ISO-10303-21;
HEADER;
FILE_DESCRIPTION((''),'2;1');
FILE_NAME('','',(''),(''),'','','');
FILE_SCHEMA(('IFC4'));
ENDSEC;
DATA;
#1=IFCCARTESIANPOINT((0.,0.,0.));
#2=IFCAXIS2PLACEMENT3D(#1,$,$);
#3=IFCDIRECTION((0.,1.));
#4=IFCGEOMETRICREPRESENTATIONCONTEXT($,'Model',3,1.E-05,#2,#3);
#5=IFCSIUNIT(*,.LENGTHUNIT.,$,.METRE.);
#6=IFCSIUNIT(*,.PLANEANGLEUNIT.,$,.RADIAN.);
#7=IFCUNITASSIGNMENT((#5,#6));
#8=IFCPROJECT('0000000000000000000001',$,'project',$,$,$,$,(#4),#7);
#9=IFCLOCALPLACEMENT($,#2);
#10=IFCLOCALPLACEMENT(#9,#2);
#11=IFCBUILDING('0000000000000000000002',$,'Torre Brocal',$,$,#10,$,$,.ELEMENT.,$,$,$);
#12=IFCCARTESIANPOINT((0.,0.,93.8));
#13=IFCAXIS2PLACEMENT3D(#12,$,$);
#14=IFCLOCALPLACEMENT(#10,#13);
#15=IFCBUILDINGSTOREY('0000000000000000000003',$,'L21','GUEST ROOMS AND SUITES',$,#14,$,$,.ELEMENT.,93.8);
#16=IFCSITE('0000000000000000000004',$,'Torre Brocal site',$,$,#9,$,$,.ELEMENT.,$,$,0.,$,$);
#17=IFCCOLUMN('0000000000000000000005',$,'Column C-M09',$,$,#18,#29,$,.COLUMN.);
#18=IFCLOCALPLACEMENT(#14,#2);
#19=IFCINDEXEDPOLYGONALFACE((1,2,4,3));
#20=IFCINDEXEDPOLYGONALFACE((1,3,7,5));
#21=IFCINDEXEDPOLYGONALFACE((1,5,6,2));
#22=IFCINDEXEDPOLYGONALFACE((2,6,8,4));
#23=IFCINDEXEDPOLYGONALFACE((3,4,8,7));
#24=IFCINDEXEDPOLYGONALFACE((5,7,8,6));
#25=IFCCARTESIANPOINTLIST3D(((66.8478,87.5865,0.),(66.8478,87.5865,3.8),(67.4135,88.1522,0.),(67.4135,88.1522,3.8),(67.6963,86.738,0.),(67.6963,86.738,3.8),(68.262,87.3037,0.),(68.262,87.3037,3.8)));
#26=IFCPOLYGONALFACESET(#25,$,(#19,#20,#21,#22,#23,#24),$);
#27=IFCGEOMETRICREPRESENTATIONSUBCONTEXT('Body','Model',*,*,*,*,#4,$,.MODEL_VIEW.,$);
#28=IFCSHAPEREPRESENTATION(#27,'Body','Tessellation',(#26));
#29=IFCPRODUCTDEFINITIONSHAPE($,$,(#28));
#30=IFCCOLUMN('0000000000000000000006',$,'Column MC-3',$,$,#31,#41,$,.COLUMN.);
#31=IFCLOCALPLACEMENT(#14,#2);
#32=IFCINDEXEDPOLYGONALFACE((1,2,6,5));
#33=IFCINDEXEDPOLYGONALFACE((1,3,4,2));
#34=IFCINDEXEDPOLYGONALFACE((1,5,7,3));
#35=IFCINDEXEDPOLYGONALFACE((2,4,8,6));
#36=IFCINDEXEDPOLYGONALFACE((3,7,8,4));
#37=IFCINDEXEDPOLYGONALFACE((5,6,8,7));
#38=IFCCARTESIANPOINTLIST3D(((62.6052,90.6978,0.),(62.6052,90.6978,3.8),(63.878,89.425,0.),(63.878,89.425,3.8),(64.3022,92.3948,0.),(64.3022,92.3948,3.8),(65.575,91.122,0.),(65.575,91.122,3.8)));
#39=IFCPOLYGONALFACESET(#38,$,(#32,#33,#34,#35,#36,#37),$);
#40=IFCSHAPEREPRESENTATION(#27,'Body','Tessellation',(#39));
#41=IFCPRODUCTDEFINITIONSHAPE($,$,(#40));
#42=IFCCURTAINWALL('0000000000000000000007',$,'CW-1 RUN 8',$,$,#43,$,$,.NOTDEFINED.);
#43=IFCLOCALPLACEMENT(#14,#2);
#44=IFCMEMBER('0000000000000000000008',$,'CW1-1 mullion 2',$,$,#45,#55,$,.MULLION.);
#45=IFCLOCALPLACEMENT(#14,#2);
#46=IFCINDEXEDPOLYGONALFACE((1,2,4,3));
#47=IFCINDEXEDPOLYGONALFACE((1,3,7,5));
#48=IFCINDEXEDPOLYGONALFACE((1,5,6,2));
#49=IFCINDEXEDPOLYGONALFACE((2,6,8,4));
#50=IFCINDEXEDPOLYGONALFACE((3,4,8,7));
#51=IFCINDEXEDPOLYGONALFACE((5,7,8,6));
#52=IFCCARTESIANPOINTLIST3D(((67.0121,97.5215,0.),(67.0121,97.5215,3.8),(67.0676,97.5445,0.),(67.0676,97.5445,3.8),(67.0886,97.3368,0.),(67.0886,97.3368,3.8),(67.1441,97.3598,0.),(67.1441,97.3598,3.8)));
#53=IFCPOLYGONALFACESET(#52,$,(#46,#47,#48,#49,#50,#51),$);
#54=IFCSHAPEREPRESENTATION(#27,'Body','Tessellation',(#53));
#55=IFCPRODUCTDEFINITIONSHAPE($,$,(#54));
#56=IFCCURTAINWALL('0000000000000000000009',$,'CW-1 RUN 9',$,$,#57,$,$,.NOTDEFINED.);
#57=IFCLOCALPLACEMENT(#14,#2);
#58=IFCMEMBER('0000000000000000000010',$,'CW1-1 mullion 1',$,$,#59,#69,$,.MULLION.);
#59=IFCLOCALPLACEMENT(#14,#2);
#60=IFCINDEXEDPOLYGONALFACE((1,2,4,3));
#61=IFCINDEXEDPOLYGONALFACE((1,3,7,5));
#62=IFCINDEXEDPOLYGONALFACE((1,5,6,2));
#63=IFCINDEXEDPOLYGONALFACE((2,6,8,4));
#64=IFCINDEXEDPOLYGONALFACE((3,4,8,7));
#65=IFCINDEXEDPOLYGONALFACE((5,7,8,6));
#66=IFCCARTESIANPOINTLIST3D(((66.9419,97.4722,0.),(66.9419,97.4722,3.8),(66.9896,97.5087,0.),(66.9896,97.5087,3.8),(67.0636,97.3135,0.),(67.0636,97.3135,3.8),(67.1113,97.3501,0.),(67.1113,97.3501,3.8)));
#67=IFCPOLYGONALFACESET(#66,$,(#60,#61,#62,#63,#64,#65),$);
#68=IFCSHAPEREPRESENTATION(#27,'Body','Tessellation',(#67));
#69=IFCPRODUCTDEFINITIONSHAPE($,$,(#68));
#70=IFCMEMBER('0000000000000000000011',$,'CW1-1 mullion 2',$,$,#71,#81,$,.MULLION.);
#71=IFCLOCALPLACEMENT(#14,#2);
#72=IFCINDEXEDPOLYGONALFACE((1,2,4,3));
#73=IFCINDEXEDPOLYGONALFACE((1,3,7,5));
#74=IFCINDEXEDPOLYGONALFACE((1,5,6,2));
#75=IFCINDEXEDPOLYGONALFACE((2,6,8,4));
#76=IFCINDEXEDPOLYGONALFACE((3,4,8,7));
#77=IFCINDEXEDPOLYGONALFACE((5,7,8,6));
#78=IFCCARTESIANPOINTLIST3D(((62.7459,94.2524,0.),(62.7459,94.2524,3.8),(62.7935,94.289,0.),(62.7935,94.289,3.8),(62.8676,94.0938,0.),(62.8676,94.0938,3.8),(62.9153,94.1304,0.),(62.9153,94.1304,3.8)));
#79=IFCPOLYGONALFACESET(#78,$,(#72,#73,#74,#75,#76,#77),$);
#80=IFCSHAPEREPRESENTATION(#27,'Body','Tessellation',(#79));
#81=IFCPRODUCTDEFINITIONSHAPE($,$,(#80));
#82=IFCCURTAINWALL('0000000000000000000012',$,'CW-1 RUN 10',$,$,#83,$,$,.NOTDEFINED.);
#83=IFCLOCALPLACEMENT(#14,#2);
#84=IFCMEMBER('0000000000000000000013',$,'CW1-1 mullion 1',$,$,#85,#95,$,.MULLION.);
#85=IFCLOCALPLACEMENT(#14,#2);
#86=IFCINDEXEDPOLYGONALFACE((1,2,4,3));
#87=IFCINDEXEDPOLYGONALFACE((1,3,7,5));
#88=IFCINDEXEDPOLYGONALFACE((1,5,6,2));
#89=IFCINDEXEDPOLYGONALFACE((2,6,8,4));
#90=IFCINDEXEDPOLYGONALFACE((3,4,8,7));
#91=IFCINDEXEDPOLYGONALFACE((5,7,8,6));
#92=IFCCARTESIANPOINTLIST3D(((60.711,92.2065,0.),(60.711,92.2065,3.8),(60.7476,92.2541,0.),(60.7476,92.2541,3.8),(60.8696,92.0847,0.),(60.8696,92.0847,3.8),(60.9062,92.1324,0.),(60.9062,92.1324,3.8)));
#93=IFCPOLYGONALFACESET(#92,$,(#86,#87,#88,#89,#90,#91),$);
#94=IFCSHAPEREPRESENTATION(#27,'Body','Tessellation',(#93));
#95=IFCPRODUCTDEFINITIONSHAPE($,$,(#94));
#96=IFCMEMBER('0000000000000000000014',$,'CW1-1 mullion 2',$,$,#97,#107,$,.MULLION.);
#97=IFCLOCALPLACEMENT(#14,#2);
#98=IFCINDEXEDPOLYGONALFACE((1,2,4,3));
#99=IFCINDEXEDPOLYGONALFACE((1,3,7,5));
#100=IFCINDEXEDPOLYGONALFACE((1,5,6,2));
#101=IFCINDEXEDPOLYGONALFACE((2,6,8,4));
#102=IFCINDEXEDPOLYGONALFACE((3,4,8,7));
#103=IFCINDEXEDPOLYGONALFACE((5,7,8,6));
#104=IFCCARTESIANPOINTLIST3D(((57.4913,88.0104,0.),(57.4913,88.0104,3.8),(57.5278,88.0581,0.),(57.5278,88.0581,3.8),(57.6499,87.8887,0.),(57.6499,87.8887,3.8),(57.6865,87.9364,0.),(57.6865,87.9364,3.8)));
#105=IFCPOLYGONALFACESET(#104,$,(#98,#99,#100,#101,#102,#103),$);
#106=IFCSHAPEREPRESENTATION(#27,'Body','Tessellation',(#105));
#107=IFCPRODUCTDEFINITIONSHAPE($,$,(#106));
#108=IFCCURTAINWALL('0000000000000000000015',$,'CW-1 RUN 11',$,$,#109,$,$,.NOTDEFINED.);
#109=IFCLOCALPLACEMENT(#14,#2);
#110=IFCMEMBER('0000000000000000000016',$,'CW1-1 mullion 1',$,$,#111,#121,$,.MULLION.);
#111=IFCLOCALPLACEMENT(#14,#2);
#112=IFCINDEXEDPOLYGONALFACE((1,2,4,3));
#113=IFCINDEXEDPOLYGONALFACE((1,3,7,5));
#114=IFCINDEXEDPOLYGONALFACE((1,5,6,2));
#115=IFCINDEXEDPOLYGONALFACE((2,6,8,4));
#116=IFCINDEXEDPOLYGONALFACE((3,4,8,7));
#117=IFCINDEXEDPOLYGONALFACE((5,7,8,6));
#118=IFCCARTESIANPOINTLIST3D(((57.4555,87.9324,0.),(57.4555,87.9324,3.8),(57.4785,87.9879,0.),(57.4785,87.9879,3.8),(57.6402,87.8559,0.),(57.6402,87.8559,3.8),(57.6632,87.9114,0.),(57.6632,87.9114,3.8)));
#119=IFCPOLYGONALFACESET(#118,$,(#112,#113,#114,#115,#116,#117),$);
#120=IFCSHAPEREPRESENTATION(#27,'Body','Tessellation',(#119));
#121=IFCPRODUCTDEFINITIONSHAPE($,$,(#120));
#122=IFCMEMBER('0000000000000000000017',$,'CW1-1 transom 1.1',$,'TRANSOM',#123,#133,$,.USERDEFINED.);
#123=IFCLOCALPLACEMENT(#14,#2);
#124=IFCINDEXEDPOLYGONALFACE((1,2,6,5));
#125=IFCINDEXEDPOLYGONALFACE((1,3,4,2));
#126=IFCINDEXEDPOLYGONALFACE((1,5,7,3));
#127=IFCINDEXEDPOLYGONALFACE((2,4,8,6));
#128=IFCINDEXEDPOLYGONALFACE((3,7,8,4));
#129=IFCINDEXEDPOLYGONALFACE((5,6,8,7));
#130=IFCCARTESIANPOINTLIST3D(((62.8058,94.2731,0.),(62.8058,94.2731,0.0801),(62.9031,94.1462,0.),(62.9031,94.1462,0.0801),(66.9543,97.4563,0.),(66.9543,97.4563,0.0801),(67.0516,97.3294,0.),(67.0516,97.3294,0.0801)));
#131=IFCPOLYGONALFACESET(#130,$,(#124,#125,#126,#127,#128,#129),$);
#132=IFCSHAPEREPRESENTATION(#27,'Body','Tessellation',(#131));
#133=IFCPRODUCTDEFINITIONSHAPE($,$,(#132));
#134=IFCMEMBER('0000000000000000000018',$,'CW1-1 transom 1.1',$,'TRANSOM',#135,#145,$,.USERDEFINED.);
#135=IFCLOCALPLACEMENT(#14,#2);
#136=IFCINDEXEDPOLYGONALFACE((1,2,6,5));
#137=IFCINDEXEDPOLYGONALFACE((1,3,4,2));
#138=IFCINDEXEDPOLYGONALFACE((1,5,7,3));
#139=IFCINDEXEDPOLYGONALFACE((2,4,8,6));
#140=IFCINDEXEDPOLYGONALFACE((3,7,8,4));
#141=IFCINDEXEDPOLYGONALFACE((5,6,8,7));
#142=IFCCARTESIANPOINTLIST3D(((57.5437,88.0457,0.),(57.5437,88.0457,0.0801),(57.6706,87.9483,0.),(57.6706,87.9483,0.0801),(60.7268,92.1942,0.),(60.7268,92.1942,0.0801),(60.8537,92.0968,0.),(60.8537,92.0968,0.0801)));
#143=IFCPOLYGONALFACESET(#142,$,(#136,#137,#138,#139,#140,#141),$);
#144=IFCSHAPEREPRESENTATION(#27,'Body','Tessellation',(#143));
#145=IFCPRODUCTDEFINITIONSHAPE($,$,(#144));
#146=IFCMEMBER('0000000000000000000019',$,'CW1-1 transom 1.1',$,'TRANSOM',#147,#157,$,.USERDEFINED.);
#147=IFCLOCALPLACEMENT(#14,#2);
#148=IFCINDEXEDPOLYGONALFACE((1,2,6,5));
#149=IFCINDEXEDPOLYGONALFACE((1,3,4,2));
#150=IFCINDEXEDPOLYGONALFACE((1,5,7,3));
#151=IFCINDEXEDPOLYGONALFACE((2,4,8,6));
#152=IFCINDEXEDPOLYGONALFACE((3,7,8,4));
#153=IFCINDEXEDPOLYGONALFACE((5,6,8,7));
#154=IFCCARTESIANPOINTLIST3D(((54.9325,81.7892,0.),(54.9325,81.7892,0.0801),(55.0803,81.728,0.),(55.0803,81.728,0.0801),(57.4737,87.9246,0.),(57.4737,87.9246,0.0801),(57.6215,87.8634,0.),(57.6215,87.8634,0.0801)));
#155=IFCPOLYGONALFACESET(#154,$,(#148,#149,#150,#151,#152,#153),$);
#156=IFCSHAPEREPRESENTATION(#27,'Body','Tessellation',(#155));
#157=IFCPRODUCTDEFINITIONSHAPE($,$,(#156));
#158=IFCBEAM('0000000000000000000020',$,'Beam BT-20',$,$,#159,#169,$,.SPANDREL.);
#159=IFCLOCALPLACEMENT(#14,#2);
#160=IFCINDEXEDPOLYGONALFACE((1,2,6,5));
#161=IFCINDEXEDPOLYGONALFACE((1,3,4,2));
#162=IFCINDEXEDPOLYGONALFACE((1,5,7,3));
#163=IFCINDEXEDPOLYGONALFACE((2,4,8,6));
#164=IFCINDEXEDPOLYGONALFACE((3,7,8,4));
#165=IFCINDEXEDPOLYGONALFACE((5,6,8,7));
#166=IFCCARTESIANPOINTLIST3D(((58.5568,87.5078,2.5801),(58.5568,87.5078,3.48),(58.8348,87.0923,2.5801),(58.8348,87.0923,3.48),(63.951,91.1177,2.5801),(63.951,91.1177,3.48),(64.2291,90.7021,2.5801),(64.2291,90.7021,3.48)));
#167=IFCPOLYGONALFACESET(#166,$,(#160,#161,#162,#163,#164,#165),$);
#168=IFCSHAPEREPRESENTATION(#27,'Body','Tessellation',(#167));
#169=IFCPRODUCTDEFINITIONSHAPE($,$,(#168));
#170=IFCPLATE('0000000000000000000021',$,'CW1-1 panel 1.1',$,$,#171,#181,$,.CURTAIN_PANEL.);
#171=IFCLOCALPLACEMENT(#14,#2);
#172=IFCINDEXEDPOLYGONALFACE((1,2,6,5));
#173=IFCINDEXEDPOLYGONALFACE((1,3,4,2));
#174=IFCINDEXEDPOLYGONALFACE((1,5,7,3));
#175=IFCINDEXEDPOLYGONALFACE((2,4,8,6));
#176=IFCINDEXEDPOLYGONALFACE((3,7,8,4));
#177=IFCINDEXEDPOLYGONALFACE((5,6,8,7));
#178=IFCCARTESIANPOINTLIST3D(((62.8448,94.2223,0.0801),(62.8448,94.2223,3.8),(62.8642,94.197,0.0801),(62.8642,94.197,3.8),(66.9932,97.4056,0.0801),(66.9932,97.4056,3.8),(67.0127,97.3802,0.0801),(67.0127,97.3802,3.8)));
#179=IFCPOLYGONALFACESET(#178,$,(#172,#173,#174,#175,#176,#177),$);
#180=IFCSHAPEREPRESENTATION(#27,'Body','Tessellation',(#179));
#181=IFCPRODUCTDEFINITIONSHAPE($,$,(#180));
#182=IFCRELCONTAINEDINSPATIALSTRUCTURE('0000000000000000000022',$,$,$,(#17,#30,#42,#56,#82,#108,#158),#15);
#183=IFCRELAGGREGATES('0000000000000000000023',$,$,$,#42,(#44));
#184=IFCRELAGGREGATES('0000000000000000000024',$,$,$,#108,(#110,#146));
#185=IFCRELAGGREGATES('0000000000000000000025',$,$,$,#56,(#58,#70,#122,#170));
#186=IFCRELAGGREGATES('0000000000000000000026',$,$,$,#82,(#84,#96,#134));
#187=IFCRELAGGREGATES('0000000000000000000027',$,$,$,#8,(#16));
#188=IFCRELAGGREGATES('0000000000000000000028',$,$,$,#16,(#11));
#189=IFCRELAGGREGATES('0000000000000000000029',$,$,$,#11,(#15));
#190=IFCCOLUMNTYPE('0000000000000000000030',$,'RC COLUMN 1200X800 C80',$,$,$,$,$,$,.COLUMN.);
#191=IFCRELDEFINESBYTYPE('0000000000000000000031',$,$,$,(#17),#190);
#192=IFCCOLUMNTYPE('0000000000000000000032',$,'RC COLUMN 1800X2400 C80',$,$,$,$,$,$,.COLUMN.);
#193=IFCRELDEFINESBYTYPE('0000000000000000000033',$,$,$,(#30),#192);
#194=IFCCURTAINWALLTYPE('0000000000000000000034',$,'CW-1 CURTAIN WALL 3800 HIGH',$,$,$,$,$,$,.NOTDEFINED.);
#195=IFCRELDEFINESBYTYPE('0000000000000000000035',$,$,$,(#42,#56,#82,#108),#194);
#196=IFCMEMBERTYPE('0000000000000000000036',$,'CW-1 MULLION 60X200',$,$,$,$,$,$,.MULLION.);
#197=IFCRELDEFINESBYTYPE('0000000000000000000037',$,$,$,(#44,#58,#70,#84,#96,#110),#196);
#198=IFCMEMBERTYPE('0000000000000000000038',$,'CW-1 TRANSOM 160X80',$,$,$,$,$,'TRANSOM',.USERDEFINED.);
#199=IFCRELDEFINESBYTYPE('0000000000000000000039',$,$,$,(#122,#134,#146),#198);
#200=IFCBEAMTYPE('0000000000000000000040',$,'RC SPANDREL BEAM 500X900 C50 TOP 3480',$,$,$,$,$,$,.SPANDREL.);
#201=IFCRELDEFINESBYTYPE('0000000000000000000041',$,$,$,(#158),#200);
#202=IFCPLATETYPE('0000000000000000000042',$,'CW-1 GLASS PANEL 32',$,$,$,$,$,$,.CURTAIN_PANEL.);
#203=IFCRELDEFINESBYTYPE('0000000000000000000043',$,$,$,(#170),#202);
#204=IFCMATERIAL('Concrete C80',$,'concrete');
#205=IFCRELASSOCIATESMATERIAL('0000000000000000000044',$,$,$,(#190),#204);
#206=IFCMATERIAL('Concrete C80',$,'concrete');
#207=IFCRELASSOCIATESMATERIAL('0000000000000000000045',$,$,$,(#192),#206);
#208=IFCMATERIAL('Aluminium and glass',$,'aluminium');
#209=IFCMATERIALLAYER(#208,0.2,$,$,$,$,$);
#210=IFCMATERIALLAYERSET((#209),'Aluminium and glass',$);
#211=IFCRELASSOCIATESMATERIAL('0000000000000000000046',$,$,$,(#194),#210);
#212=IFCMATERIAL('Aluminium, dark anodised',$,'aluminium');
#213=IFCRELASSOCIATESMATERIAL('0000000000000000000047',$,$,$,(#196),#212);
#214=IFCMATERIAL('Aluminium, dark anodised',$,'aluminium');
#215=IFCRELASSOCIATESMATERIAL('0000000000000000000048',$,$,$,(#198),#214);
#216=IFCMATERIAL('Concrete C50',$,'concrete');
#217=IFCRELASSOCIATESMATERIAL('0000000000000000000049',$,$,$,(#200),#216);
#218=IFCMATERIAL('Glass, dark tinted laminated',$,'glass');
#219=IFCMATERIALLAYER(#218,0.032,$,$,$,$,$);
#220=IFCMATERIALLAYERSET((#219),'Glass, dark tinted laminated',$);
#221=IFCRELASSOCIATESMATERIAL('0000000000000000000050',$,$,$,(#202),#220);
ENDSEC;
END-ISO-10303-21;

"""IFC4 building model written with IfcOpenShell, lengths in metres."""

from ifc_helpers import new_model, si_unit, direction, frame, origin, origin_2d, place, context, subcontext, project, spatial, rectangle, extrude, material, layer, layer_set, material_profile, profile_set, type_object, element, aggregate, save


model = new_model("IFC4")

# Units and contexts
model_context = context("Model", 3, precision=1e-05, world=origin(), true_north=direction((0.0, 1.0)))
body_context = subcontext(model_context, "Body", "Model", "MODEL_VIEW")
ifc_project = project(units=[si_unit("LENGTHUNIT", "METRE"), si_unit("PLANEANGLEUNIT", "RADIAN")], contexts=[model_context])

# Site, building, storey
site_placement = place(None, origin())
site = spatial("IfcSite", under=ifc_project, at=site_placement, Name="Torre Brocal site", CompositionType="ELEMENT", RefElevation=0.0)
building_placement = place(site_placement, origin())
building = spatial("IfcBuilding", under=site, at=building_placement, Name="Torre Brocal", CompositionType="ELEMENT")
storey_placement = place(building_placement, frame((0.0, 0.0, 93.8)))
storey = spatial("IfcBuildingStorey", under=building, at=storey_placement, Name="L21", Description="GUEST ROOMS AND SUITES", CompositionType="ELEMENT", Elevation=93.8)

# Columns
ifc_material_1 = material(Name="Concrete C80", Category="concrete")
ifc_material_profile_1 = material_profile(ifc_material_1, rectangle(XDim=1.2, YDim=0.8, at=origin_2d()), Name="RC 1200X800")
ifc_profile_set_1 = profile_set([ifc_material_profile_1], Name="Concrete C80")
column_type_1 = type_object("IfcColumnType", Name="RC COLUMN 1200X800 C80", PredefinedType="COLUMN", material=ifc_profile_set_1)
column_1_placement = place(storey_placement, frame((67.5549, 87.4451, 0.0), z_axis=(0.0, 0.0, 1.0), x_axis=(-0.707107, 0.707107, 0.0)))
element("IfcColumn", 1, at=column_1_placement, inside=storey, type_object=column_type_1, Name="Column C-M09", PredefinedType="COLUMN", context=body_context, shape_type="SweptSolid", body=[
    extrude(rectangle(XDim=1.2, YDim=0.8, at=origin_2d()), origin(), (0.0, 0.0, 1.0), 3.8),
])
ifc_material_2 = material(Name="Concrete C80", Category="concrete")
ifc_material_profile_2 = material_profile(ifc_material_2, rectangle(XDim=1.8, YDim=2.3999, at=origin_2d()), Name="RC 1800X2400")
ifc_profile_set_2 = profile_set([ifc_material_profile_2], Name="Concrete C80")
column_type_2 = type_object("IfcColumnType", Name="RC COLUMN 1800X2400 C80", PredefinedType="COLUMN", material=ifc_profile_set_2)
column_2_placement = place(storey_placement, frame((64.0901, 90.9099, 0.0), z_axis=(0.0, 0.0, 1.0), x_axis=(-0.707107, 0.707107, 0.0)))
element("IfcColumn", 2, at=column_2_placement, inside=storey, type_object=column_type_2, Name="Column MC-3", PredefinedType="COLUMN", context=body_context, shape_type="SweptSolid", body=[
    extrude(rectangle(XDim=1.8, YDim=2.3999, at=origin_2d()), origin(), (0.0, 0.0, 1.0), 3.8),
])

# Curtain wall, member
ifc_material_3 = material(Name="Aluminium and glass", Category="aluminium")
ifc_layer_1 = layer(ifc_material_3, 0.2)
ifc_layer_set_1 = layer_set([ifc_layer_1], Name="Aluminium and glass")
curtain_wall_type = type_object("IfcCurtainWallType", Name="CW-1 CURTAIN WALL 3800 HIGH", PredefinedType="NOTDEFINED", material=ifc_layer_set_1)
curtain_wall_1_placement = place(storey_placement, origin())
curtain_wall_1 = element("IfcCurtainWall", 3, at=curtain_wall_1_placement, inside=storey, type_object=curtain_wall_type, Name="CW-1 RUN 8", PredefinedType="NOTDEFINED")
ifc_material_4 = material(Name="Aluminium, dark anodised", Category="aluminium")
ifc_material_profile_3 = material_profile(ifc_material_4, rectangle(XDim=0.2, YDim=0.0601, at=origin_2d()), Name="CW-1 MULLION 60X200")
ifc_profile_set_3 = profile_set([ifc_material_profile_3], Name="Aluminium, dark anodised")
member_type_1 = type_object("IfcMemberType", Name="CW-1 MULLION 60X200", PredefinedType="MULLION", material=ifc_profile_set_3)
member_1_placement = place(storey_placement, frame((67.0781, 97.4407, 0.0), z_axis=(0.0, 0.0, 1.0), x_axis=(0.382683, -0.92388, 0.0)))
member_1 = element("IfcMember", 4, at=member_1_placement, type_object=member_type_1, Name="CW1-1 mullion 2", PredefinedType="MULLION", context=body_context, shape_type="SweptSolid", body=[
    extrude(rectangle(XDim=0.2, YDim=0.0601, at=origin_2d()), origin(), (0.0, 0.0, 1.0), 3.8),
])
aggregate(curtain_wall_1, [member_1])

# Curtain walls, members
curtain_wall_2_placement = place(storey_placement, origin())
curtain_wall_2 = element("IfcCurtainWall", 5, at=curtain_wall_2_placement, inside=storey, type_object=curtain_wall_type, Name="CW-1 RUN 9", PredefinedType="NOTDEFINED")
member_2_placement = place(storey_placement, frame((67.0266, 97.4111, 0.0), z_axis=(0.0, 0.0, 1.0), x_axis=(0.608761, -0.793353, 0.0)))
member_2 = element("IfcMember", 6, at=member_2_placement, type_object=member_type_1, Name="CW1-1 mullion 1", PredefinedType="MULLION", context=body_context, shape_type="SweptSolid", body=[
    extrude(rectangle(XDim=0.2, YDim=0.0601, at=origin_2d()), origin(), (0.0, 0.0, 1.0), 3.8),
])
member_3_placement = place(storey_placement, frame((62.8306, 94.1914, 0.0), z_axis=(0.0, 0.0, 1.0), x_axis=(0.608761, -0.793353, 0.0)))
member_3 = element("IfcMember", 7, at=member_3_placement, type_object=member_type_1, Name="CW1-1 mullion 2", PredefinedType="MULLION", context=body_context, shape_type="SweptSolid", body=[
    extrude(rectangle(XDim=0.2, YDim=0.0601, at=origin_2d()), origin(), (0.0, 0.0, 1.0), 3.8),
])
curtain_wall_3_placement = place(storey_placement, origin())
curtain_wall_3 = element("IfcCurtainWall", 8, at=curtain_wall_3_placement, inside=storey, type_object=curtain_wall_type, Name="CW-1 RUN 10", PredefinedType="NOTDEFINED")
member_4_placement = place(storey_placement, frame((60.8086, 92.1694, 0.0), z_axis=(0.0, 0.0, 1.0), x_axis=(0.793353, -0.608761, 0.0)))
member_4 = element("IfcMember", 9, at=member_4_placement, type_object=member_type_1, Name="CW1-1 mullion 1", PredefinedType="MULLION", context=body_context, shape_type="SweptSolid", body=[
    extrude(rectangle(XDim=0.2, YDim=0.0601, at=origin_2d()), origin(), (0.0, 0.0, 1.0), 3.8),
])
member_5_placement = place(storey_placement, frame((57.5889, 87.9734, 0.0), z_axis=(0.0, 0.0, 1.0), x_axis=(0.793353, -0.608761, 0.0)))
member_5 = element("IfcMember", 10, at=member_5_placement, type_object=member_type_1, Name="CW1-1 mullion 2", PredefinedType="MULLION", context=body_context, shape_type="SweptSolid", body=[
    extrude(rectangle(XDim=0.2, YDim=0.0601, at=origin_2d()), origin(), (0.0, 0.0, 1.0), 3.8),
])

# Curtain wall, member
curtain_wall_4_placement = place(storey_placement, origin())
curtain_wall_4 = element("IfcCurtainWall", 11, at=curtain_wall_4_placement, inside=storey, type_object=curtain_wall_type, Name="CW-1 RUN 11", PredefinedType="NOTDEFINED")
member_6_placement = place(storey_placement, frame((57.5593, 87.9219, 0.0), z_axis=(0.0, 0.0, 1.0), x_axis=(0.92388, -0.382683, 0.0)))
member_6 = element("IfcMember", 12, at=member_6_placement, type_object=member_type_1, Name="CW1-1 mullion 1", PredefinedType="MULLION", context=body_context, shape_type="SweptSolid", body=[
    extrude(rectangle(XDim=0.2, YDim=0.0601, at=origin_2d()), origin(), (0.0, 0.0, 1.0), 3.8),
])

# Members
ifc_material_5 = material(Name="Aluminium, dark anodised", Category="aluminium")
ifc_material_profile_4 = material_profile(ifc_material_5, rectangle(XDim=0.1599, YDim=0.0801, at=origin_2d()), Name="CW-1 TRANSOM 160X80")
ifc_profile_set_4 = profile_set([ifc_material_profile_4], Name="Aluminium, dark anodised")
member_type_2 = type_object("IfcMemberType", Name="CW-1 TRANSOM 160X80", ElementType="TRANSOM", PredefinedType="USERDEFINED", material=ifc_profile_set_4)
member_7_placement = place(storey_placement, frame((67.0029, 97.3928, 0.04), z_axis=(-0.793363, -0.608749, 0.0), x_axis=(0.608749, -0.793363, 0.0)))
member_7 = element("IfcMember", 13, at=member_7_placement, type_object=member_type_2, Name="CW1-1 transom 1.1", ObjectType="TRANSOM", PredefinedType="USERDEFINED", context=body_context, shape_type="SweptSolid", body=[
    extrude(rectangle(XDim=0.1599, YDim=0.0801, at=origin_2d()), origin(), (0.0, 0.0, 1.0), 5.229),
])
member_8_placement = place(storey_placement, frame((60.7903, 92.1455, 0.04), z_axis=(-0.608749, -0.793363, 0.0), x_axis=(0.793363, -0.608749, 0.0)))
member_8 = element("IfcMember", 14, at=member_8_placement, type_object=member_type_2, Name="CW1-1 transom 1.1", ObjectType="TRANSOM", PredefinedType="USERDEFINED", context=body_context, shape_type="SweptSolid", body=[
    extrude(rectangle(XDim=0.1599, YDim=0.0801, at=origin_2d()), origin(), (0.0, 0.0, 1.0), 5.229),
])
member_9_placement = place(storey_placement, frame((57.5476, 87.894, 0.04), z_axis=(-0.382665, -0.923887, 0.0), x_axis=(0.923887, -0.382665, 0.0)))
member_9 = element("IfcMember", 15, at=member_9_placement, type_object=member_type_2, Name="CW1-1 transom 1.1", ObjectType="TRANSOM", PredefinedType="USERDEFINED", context=body_context, shape_type="SweptSolid", body=[
    extrude(rectangle(XDim=0.1599, YDim=0.0801, at=origin_2d()), origin(), (0.0, 0.0, 1.0), 6.6409),
])
aggregate(curtain_wall_4, [member_6, member_9])

# Beam
ifc_material_6 = material(Name="Concrete C50", Category="concrete")
ifc_material_profile_5 = material_profile(ifc_material_6, rectangle(XDim=0.5, YDim=0.8999, at=origin_2d()), Name="RC 500X900")
ifc_profile_set_5 = profile_set([ifc_material_profile_5], Name="Concrete C50")
beam_type = type_object("IfcBeamType", Name="RC SPANDREL BEAM 500X900 C50 TOP 3480", PredefinedType="SPANDREL", material=ifc_profile_set_5)
beam_placement = place(storey_placement, frame((64.0901, 90.9099, 3.03), z_axis=(-0.831077, -0.556158, 0.0), x_axis=(0.556158, -0.831077, 0.0)))
element("IfcBeam", 16, at=beam_placement, inside=storey, type_object=beam_type, Name="Beam BT-20", PredefinedType="SPANDREL", context=body_context, shape_type="SweptSolid", body=[
    extrude(rectangle(XDim=0.5, YDim=0.8999, at=origin_2d()), origin(), (0.0, 0.0, 1.0), 6.4907),
])

# Plate
ifc_material_7 = material(Name="Glass, dark tinted laminated", Category="glass")
ifc_layer_2 = layer(ifc_material_7, 0.032)
ifc_layer_set_2 = layer_set([ifc_layer_2], Name="Glass, dark tinted laminated")
plate_type = type_object("IfcPlateType", Name="CW-1 GLASS PANEL 32", PredefinedType="CURTAIN_PANEL", material=ifc_layer_set_2)
plate_1_placement = place(storey_placement, frame((64.9287, 95.8013, 0.0801), z_axis=(0.0, 0.0, 1.0), x_axis=(-0.793353, -0.608761, 0.0)))
plate_1 = element("IfcPlate", 17, at=plate_1_placement, type_object=plate_type, Name="CW1-1 panel 1.1", PredefinedType="CURTAIN_PANEL", context=body_context, shape_type="SweptSolid", body=[
    extrude(rectangle(XDim=5.229, YDim=0.032, at=origin_2d()), origin(), (0.0, 0.0, 1.0), 3.72),
])
aggregate(curtain_wall_2, [member_2, member_3, member_7, plate_1])
aggregate(curtain_wall_3, [member_4, member_5, member_8])

save(model, "model.ifc")
